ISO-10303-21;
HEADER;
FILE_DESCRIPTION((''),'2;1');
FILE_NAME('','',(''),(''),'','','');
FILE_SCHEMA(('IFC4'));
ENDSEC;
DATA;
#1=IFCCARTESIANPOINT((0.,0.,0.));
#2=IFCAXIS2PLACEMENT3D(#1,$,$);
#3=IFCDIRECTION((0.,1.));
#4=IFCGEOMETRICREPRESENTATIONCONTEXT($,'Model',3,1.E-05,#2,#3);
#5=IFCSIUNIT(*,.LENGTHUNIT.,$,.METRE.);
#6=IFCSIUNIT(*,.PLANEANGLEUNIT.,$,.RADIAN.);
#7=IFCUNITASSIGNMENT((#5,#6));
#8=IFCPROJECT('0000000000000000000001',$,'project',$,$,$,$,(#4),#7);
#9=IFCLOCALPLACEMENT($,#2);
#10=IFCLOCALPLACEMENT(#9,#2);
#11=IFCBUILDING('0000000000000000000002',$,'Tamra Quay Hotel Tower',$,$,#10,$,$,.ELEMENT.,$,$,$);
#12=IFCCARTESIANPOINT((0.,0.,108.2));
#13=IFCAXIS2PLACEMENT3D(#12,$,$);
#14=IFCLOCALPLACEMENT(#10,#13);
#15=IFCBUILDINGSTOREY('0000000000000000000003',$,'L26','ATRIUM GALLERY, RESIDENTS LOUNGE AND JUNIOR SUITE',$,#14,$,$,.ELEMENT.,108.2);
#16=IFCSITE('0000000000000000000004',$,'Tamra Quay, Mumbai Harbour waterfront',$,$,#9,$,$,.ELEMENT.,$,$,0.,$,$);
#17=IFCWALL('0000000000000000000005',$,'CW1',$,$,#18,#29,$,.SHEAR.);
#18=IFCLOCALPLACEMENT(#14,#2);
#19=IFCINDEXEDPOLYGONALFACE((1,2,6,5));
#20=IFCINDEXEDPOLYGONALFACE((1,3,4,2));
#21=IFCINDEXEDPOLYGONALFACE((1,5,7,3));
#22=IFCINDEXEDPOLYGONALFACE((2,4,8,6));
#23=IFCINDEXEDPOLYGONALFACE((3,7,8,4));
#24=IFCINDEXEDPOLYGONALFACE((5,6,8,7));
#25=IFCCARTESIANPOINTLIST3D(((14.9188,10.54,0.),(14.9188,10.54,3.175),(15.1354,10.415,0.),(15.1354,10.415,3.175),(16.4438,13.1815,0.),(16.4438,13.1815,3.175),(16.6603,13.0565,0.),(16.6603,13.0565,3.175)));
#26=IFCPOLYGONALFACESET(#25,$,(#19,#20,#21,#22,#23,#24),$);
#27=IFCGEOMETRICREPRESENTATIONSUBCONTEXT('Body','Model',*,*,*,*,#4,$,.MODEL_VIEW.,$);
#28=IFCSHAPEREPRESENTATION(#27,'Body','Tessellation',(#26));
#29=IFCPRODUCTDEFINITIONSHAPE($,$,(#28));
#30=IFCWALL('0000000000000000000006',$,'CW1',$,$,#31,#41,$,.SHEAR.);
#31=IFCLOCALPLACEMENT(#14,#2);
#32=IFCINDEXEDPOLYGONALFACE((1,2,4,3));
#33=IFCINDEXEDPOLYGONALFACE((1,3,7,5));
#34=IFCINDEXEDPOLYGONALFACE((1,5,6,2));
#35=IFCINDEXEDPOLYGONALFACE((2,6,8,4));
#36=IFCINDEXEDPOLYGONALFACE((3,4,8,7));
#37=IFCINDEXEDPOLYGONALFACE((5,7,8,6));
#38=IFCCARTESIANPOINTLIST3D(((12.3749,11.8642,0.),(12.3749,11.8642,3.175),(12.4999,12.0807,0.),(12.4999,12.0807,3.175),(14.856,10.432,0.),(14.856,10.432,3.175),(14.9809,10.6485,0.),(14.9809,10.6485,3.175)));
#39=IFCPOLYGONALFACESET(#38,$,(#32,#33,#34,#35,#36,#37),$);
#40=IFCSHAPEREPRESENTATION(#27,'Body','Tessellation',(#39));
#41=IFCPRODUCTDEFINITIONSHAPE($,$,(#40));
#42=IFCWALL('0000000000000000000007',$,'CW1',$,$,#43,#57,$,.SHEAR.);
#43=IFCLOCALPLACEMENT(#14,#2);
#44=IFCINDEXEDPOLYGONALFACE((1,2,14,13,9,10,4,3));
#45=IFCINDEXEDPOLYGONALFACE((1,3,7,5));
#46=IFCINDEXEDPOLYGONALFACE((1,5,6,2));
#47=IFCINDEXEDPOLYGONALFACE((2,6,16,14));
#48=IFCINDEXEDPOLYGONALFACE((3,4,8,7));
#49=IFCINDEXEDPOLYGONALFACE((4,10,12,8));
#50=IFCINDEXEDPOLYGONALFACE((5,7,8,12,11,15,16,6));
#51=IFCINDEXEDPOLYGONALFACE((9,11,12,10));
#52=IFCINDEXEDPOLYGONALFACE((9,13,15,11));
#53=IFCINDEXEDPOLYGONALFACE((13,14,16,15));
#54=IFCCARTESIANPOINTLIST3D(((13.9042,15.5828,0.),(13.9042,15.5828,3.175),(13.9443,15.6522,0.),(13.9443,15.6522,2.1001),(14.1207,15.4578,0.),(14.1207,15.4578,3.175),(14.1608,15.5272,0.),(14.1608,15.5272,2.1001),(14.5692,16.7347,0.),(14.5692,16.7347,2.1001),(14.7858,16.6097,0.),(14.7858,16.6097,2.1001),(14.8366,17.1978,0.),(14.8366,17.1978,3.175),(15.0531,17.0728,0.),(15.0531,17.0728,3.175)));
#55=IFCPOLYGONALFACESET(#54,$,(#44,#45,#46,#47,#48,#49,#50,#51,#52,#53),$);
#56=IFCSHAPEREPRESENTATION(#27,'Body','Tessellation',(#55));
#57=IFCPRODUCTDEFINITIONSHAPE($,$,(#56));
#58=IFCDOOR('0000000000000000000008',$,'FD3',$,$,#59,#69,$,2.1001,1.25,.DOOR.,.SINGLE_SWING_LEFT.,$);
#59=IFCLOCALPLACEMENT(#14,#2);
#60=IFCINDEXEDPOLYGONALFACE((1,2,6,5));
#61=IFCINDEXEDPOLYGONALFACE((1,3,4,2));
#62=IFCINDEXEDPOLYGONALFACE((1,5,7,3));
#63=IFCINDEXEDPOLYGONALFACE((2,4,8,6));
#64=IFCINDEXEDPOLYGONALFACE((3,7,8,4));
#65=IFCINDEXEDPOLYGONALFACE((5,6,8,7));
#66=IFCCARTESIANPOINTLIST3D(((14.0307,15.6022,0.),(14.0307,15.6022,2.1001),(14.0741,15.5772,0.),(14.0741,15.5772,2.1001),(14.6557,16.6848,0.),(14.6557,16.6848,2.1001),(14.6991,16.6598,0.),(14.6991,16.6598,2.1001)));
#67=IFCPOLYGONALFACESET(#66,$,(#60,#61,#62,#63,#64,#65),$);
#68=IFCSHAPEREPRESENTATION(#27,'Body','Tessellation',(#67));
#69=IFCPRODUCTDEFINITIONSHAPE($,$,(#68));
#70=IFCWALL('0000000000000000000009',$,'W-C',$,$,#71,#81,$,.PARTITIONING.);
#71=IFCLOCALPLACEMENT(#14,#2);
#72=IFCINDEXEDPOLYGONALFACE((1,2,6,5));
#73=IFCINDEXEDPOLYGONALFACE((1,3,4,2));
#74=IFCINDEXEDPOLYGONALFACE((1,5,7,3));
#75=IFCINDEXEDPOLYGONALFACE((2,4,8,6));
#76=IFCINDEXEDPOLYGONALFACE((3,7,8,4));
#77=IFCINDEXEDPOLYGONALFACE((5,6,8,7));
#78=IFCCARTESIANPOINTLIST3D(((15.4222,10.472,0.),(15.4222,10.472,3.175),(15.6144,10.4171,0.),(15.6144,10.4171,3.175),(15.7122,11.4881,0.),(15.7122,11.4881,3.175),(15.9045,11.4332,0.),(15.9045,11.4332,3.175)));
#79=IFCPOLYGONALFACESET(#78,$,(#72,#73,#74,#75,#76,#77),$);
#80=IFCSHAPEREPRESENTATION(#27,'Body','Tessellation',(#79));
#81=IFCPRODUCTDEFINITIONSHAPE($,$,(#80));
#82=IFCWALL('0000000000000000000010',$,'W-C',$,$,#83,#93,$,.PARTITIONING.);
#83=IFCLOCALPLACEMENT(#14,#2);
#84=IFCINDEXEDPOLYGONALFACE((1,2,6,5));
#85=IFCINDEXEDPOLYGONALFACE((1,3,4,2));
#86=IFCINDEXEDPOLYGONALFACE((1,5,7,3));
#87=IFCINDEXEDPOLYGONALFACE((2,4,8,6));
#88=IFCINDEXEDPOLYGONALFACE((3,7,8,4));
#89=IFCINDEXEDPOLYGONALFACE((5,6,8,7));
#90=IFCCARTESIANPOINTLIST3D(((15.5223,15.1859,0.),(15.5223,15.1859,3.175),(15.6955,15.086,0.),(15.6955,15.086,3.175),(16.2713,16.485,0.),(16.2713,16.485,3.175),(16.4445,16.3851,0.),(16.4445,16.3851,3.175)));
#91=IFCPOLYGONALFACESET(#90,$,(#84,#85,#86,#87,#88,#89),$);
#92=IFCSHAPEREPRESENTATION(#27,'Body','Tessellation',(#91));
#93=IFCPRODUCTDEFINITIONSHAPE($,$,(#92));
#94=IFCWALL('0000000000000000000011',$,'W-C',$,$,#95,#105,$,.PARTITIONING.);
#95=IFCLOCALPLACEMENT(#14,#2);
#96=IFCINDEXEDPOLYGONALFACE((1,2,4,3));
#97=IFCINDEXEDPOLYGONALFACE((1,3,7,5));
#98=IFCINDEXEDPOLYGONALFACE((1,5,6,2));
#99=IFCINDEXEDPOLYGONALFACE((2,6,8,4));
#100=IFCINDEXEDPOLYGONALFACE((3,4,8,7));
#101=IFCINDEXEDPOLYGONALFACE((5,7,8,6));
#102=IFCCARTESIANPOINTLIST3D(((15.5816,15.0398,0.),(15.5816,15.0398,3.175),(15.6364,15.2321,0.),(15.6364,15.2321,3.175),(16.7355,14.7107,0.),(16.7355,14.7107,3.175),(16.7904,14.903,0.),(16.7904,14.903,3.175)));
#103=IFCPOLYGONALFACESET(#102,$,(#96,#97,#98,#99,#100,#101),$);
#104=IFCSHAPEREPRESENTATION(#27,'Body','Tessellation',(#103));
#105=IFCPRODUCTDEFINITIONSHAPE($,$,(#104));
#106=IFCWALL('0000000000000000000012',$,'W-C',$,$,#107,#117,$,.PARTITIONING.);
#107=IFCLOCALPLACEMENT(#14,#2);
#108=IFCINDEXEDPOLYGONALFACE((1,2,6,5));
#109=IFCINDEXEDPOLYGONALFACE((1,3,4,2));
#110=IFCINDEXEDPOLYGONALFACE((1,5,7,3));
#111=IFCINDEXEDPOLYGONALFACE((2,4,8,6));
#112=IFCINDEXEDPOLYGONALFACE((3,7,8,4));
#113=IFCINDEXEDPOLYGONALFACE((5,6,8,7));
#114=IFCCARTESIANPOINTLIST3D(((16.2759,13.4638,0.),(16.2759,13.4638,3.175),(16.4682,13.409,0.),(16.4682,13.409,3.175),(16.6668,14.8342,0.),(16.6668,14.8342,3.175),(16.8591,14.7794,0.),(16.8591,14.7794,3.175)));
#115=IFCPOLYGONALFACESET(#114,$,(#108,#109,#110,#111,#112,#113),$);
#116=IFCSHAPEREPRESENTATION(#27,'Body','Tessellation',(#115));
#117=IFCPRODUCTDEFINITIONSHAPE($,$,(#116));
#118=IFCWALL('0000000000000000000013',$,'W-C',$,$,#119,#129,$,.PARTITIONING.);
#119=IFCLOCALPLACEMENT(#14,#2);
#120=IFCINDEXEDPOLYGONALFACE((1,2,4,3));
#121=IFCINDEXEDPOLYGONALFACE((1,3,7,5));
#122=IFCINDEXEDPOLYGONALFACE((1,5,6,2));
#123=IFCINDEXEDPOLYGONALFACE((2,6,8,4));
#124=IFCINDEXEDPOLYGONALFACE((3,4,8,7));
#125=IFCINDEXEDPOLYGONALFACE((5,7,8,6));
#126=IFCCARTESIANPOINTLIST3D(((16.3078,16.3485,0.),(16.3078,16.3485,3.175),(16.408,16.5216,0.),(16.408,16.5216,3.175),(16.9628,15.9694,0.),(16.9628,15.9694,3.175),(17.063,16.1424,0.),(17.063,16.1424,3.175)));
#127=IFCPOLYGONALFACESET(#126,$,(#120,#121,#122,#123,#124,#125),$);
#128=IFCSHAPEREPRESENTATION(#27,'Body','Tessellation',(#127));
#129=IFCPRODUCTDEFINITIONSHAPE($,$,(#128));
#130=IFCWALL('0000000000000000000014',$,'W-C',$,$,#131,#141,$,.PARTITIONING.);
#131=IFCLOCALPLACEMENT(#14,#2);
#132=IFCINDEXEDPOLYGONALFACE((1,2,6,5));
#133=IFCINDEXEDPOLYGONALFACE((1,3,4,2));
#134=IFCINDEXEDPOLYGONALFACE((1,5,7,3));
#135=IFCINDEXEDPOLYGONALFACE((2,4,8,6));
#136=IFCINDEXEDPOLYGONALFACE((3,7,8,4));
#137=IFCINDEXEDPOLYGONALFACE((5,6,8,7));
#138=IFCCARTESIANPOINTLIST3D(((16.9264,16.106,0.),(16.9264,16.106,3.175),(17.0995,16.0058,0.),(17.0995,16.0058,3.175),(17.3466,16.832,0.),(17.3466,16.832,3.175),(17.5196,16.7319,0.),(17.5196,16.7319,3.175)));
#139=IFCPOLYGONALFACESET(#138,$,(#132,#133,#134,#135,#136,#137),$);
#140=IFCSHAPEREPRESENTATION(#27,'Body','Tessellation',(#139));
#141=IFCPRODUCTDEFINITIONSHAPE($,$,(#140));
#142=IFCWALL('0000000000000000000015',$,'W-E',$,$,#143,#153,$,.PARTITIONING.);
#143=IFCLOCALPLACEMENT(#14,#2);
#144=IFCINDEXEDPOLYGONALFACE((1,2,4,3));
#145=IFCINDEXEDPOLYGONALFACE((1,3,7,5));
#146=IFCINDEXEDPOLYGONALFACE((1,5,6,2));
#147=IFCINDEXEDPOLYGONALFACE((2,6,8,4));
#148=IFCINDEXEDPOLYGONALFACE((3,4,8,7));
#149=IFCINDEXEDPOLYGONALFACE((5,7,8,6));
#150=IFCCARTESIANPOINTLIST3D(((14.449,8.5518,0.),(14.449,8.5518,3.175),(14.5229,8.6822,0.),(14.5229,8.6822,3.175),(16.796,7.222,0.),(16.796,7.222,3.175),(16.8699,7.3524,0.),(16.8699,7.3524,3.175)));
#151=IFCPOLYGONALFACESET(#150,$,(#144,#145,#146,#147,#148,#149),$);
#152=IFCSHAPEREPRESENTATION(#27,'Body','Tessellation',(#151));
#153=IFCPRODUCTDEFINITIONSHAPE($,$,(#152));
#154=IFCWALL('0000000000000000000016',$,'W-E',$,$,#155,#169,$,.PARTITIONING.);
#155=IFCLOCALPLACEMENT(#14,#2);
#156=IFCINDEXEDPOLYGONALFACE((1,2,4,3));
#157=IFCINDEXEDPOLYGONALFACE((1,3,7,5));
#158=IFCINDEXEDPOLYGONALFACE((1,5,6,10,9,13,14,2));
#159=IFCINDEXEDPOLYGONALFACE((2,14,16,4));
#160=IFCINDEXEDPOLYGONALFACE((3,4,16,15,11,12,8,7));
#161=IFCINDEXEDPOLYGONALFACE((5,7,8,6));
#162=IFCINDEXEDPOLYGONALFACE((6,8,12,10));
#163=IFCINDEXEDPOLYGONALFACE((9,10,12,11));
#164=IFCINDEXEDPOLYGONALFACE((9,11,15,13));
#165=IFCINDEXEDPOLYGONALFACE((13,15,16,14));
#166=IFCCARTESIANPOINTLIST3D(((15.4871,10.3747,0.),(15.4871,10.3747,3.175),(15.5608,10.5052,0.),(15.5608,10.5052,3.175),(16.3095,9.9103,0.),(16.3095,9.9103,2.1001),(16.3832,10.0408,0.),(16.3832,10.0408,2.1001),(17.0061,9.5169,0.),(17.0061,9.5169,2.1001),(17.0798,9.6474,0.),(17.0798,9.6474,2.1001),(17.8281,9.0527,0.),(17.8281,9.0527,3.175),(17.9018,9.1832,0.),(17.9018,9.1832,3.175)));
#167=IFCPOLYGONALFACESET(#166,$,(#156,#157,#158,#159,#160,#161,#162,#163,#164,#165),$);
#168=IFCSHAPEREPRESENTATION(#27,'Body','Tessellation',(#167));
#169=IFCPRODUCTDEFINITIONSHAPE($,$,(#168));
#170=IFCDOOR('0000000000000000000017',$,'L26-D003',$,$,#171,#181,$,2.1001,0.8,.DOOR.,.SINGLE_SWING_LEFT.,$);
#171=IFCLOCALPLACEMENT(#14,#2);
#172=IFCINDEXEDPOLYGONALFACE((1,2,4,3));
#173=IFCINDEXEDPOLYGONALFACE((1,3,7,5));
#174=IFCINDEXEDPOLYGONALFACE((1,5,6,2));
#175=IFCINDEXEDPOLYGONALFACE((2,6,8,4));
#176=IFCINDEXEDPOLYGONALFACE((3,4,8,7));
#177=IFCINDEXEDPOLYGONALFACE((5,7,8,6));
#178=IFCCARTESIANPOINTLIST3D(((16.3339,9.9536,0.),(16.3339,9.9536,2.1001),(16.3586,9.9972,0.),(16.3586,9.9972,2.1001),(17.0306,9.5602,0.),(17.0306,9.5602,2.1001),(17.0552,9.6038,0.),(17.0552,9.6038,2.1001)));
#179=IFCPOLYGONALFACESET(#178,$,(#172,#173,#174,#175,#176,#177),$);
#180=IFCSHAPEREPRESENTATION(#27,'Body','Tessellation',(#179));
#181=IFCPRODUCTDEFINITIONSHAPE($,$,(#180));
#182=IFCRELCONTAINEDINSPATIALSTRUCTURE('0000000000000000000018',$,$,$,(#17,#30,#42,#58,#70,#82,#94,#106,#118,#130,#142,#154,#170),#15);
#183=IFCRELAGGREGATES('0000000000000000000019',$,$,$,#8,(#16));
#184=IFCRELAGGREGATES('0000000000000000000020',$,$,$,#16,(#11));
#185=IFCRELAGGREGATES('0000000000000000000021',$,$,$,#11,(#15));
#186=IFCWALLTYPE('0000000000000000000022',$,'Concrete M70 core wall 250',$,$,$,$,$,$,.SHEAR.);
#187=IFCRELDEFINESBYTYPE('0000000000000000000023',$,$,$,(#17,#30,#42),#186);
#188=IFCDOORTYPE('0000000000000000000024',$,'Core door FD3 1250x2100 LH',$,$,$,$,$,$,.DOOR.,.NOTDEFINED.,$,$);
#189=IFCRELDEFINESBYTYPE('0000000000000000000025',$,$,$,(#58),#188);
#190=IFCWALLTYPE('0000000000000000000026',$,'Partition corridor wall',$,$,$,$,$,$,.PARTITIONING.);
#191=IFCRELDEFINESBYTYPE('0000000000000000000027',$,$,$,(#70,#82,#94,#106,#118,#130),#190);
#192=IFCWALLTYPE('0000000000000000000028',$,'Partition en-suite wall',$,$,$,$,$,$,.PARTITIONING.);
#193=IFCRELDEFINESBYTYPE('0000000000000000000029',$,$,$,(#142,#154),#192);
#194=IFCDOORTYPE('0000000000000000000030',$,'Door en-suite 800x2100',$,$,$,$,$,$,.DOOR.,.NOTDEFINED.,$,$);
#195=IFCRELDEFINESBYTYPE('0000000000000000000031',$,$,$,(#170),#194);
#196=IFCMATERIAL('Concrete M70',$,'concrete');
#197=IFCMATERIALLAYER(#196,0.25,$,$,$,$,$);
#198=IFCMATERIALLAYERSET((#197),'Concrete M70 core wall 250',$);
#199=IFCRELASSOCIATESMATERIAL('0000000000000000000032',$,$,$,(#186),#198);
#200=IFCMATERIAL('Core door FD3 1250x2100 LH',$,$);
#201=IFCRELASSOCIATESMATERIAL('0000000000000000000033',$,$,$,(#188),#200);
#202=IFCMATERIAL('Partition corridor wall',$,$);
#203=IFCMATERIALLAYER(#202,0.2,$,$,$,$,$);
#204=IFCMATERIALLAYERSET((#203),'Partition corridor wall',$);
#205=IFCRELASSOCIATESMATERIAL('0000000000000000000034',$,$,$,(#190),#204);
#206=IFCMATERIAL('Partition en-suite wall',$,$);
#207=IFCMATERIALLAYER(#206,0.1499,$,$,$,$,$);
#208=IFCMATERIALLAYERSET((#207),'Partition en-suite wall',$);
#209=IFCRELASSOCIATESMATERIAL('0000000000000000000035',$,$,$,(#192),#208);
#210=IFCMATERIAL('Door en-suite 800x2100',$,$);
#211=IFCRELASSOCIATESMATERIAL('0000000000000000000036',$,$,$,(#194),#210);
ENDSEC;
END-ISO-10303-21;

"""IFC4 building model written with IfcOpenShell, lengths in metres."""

from ifc_helpers import new_model, si_unit, direction, frame, frame_2d, origin, place, context, subcontext, project, spatial, rectangle, extrude, material, layer, layer_set, type_object, element, fill, save


model = new_model("IFC4")

# Units and contexts
model_context = context("Model", 3, precision=1e-05, world=origin(), true_north=direction((0.0, 1.0)))
body_context = subcontext(model_context, "Body", "Model", "MODEL_VIEW")
ifc_project = project(units=[si_unit("LENGTHUNIT", "METRE"), si_unit("PLANEANGLEUNIT", "RADIAN")], contexts=[model_context])

# Site, building, storey
site_placement = place(None, origin())
site = spatial("IfcSite", under=ifc_project, at=site_placement, Name="Tamra Quay, Mumbai Harbour waterfront", CompositionType="ELEMENT", RefElevation=0.0)
building_placement = place(site_placement, origin())
building = spatial("IfcBuilding", under=site, at=building_placement, Name="Tamra Quay Hotel Tower", CompositionType="ELEMENT")
storey_placement = place(building_placement, frame((0.0, 0.0, 108.2)))
storey = spatial("IfcBuildingStorey", under=building, at=storey_placement, Name="L26", Description="ATRIUM GALLERY, RESIDENTS LOUNGE AND JUNIOR SUITE", CompositionType="ELEMENT", Elevation=108.2)

# Shared definitions
ifc_material_1 = material(Name="Concrete M70", Category="concrete")

# Walls
ifc_layer_1 = layer(ifc_material_1, 0.25)
ifc_layer_set_1 = layer_set([ifc_layer_1], Name="Concrete M70 core wall 250")
wall_type_1 = type_object("IfcWallType", Name="Concrete M70 core wall 250", PredefinedType="SHEAR", material=ifc_layer_set_1)
wall_1_placement = place(storey_placement, frame((16.552, 13.1189, 0.0), z_axis=(0.0, 0.0, 1.0), x_axis=(-0.499979, -0.866038, 0.0)))
element("IfcWall", 1, at=wall_1_placement, inside=storey, type_object=wall_type_1, Name="CW1", PredefinedType="SHEAR", context=body_context, shape_type="SweptSolid", body=[
    extrude(rectangle(XDim=3.05, YDim=0.25, at=frame_2d((1.5249, 0.0))), origin(), (0.0, 0.0, 1.0), 3.175),
])
wall_2_placement = place(storey_placement, frame((14.9185, 10.5403, 0.0), z_axis=(0.0, 0.0, 1.0), x_axis=(-0.866064, 0.499934, 0.0)))
element("IfcWall", 2, at=wall_2_placement, inside=storey, type_object=wall_type_1, Name="CW1", PredefinedType="SHEAR", context=body_context, shape_type="SweptSolid", body=[
    extrude(rectangle(XDim=2.8647, YDim=0.25, at=frame_2d((1.4324, 0.0))), origin(), (0.0, 0.0, 1.0), 3.175),
])

# Wall, opening, door
wall_3_placement = place(storey_placement, frame((14.9448, 17.1353, 0.0), z_axis=(0.0, 0.0, 1.0), x_axis=(-0.499983, -0.866035, 0.0)))
wall_3 = element("IfcWall", 3, at=wall_3_placement, inside=storey, type_object=wall_type_1, Name="CW1", PredefinedType="SHEAR", context=body_context, shape_type="SweptSolid", body=[
    extrude(rectangle(XDim=1.8647, YDim=0.25, at=frame_2d((0.9324, 0.0))), origin(), (0.0, 0.0, 1.0), 3.175),
])
opening_1_placement = place(wall_3_placement, frame((0.5347, 0.0, 0.0)))
opening_1 = element("IfcOpeningElement", 4, at=opening_1_placement, cuts=wall_3, PredefinedType="OPENING", context=body_context, shape_type="SweptSolid", body=[
    extrude(rectangle(XDim=1.25, YDim=2.1001, at=frame_2d((0.625, 1.05))), frame((0.0, 0.135, 0.0), z_axis=(0.0, -1.0, 0.0), x_axis=(1.0, 0.0, 0.0)), (0.0, 0.0, 1.0), 0.27),
])
ifc_material_2 = material(Name="Core door FD3 1250x2100 LH")
door_type_1 = type_object("IfcDoorType", Name="Core door FD3 1250x2100 LH", OperationType="NOTDEFINED", PredefinedType="DOOR", material=ifc_material_2)
door_1_placement = place(opening_1_placement, origin())
door_1 = element("IfcDoor", 5, at=door_1_placement, inside=storey, type_object=door_type_1, Name="FD3", OperationType="SINGLE_SWING_LEFT", OverallHeight=2.1001, OverallWidth=1.25, PredefinedType="DOOR", context=body_context, shape_type="SweptSolid", body=[
    extrude(rectangle(XDim=1.25, YDim=2.1001, at=frame_2d((0.625, 1.05))), frame((0.0, 0.0249, 0.0), z_axis=(0.0, -1.0, 0.0), x_axis=(1.0, 0.0, 0.0)), (0.0, 0.0, 1.0), 0.05),
])
fill(opening_1, door_1)

# Walls
ifc_material_3 = material(Name="Partition corridor wall")
ifc_layer_2 = layer(ifc_material_3, 0.2)
ifc_layer_set_2 = layer_set([ifc_layer_2], Name="Partition corridor wall")
wall_type_2 = type_object("IfcWallType", Name="Partition corridor wall", PredefinedType="PARTITIONING", material=ifc_layer_set_2)
wall_4_placement = place(storey_placement, frame((15.5183, 10.4446, 0.0), z_axis=(0.0, 0.0, 1.0), x_axis=(0.274477, 0.961594, 0.0)))
element("IfcWall", 6, at=wall_4_placement, inside=storey, type_object=wall_type_2, Name="W-C", PredefinedType="PARTITIONING", context=body_context, shape_type="SweptSolid", body=[
    extrude(rectangle(XDim=1.0566, YDim=0.2, at=frame_2d((0.5283, 0.0))), origin(), (0.0, 0.0, 1.0), 3.175),
])
wall_5_placement = place(storey_placement, frame((15.6089, 15.136, 0.0), z_axis=(0.0, 0.0, 1.0), x_axis=(0.499502, 0.866313, 0.0)))
element("IfcWall", 7, at=wall_5_placement, inside=storey, type_object=wall_type_2, Name="W-C", PredefinedType="PARTITIONING", context=body_context, shape_type="SweptSolid", body=[
    extrude(rectangle(XDim=1.4995, YDim=0.2, at=frame_2d((0.7498, 0.0))), origin(), (0.0, 0.0, 1.0), 3.175),
])
wall_6_placement = place(storey_placement, frame((15.6089, 15.136, 0.0), z_axis=(0.0, 0.0, 1.0), x_axis=(0.961662, -0.274237, 0.0)))
element("IfcWall", 8, at=wall_6_placement, inside=storey, type_object=wall_type_2, Name="W-C", PredefinedType="PARTITIONING", context=body_context, shape_type="SweptSolid", body=[
    extrude(rectangle(XDim=1.2, YDim=0.2, at=frame_2d((0.6001, 0.0))), origin(), (0.0, 0.0, 1.0), 3.175),
])
wall_7_placement = place(storey_placement, frame((16.3721, 13.4365, 0.0), z_axis=(0.0, 0.0, 1.0), x_axis=(0.274291, 0.961647, 0.0)))
element("IfcWall", 9, at=wall_7_placement, inside=storey, type_object=wall_type_2, Name="W-C", PredefinedType="PARTITIONING", context=body_context, shape_type="SweptSolid", body=[
    extrude(rectangle(XDim=1.425, YDim=0.2, at=frame_2d((0.7124, 0.0))), origin(), (0.0, 0.0, 1.0), 3.175),
])
wall_8_placement = place(storey_placement, frame((16.3579, 16.4351, 0.0), z_axis=(0.0, 0.0, 1.0), x_axis=(0.86547, -0.50096, 0.0)))
element("IfcWall", 10, at=wall_8_placement, inside=storey, type_object=wall_type_2, Name="W-C", PredefinedType="PARTITIONING", context=body_context, shape_type="SweptSolid", body=[
    extrude(rectangle(XDim=0.7568, YDim=0.2, at=frame_2d((0.3784, 0.0))), origin(), (0.0, 0.0, 1.0), 3.175),
])
wall_9_placement = place(storey_placement, frame((17.0129, 16.0559, 0.0), z_axis=(0.0, 0.0, 1.0), x_axis=(0.500864, 0.865526, 0.0)))
element("IfcWall", 11, at=wall_9_placement, inside=storey, type_object=wall_type_2, Name="W-C", PredefinedType="PARTITIONING", context=body_context, shape_type="SweptSolid", body=[
    extrude(rectangle(XDim=0.8389, YDim=0.2, at=frame_2d((0.4194, 0.0))), origin(), (0.0, 0.0, 1.0), 3.175),
])
ifc_material_4 = material(Name="Partition en-suite wall")
ifc_layer_3 = layer(ifc_material_4, 0.1499)
ifc_layer_set_3 = layer_set([ifc_layer_3], Name="Partition en-suite wall")
wall_type_3 = type_object("IfcWallType", Name="Partition en-suite wall", PredefinedType="PARTITIONING", material=ifc_layer_set_3)
wall_10_placement = place(storey_placement, frame((14.4861, 8.6169, 0.0), z_axis=(0.0, 0.0, 1.0), x_axis=(0.870036, -0.492987, 0.0)))
element("IfcWall", 12, at=wall_10_placement, inside=storey, type_object=wall_type_3, Name="W-E", PredefinedType="PARTITIONING", context=body_context, shape_type="SweptSolid", body=[
    extrude(rectangle(XDim=2.6975, YDim=0.1499, at=frame_2d((1.3486, 0.0))), origin(), (0.0, 0.0, 1.0), 3.175),
])

# Wall, opening, door
wall_11_placement = place(storey_placement, frame((15.5239, 10.4399, 0.0), z_axis=(0.0, 0.0, 1.0), x_axis=(0.870752, -0.491722, 0.0)))
wall_11 = element("IfcWall", 13, at=wall_11_placement, inside=storey, type_object=wall_type_3, Name="W-E", PredefinedType="PARTITIONING", context=body_context, shape_type="SweptSolid", body=[
    extrude(rectangle(XDim=2.6885, YDim=0.1499, at=frame_2d((1.3442, 0.0))), origin(), (0.0, 0.0, 1.0), 3.175),
])
opening_2_placement = place(wall_11_placement, frame((0.9446, 0.0, 0.0)))
opening_2 = element("IfcOpeningElement", 14, at=opening_2_placement, cuts=wall_11, PredefinedType="OPENING", context=body_context, shape_type="SweptSolid", body=[
    extrude(rectangle(XDim=0.8, YDim=2.1001, at=frame_2d((0.3999, 1.05))), frame((0.0, 0.085, 0.0), z_axis=(0.0, -1.0, 0.0), x_axis=(1.0, 0.0, 0.0)), (0.0, 0.0, 1.0), 0.1699),
])
ifc_material_5 = material(Name="Door en-suite 800x2100")
door_type_2 = type_object("IfcDoorType", Name="Door en-suite 800x2100", OperationType="NOTDEFINED", PredefinedType="DOOR", material=ifc_material_5)
door_2_placement = place(opening_2_placement, origin())
door_2 = element("IfcDoor", 15, at=door_2_placement, inside=storey, type_object=door_type_2, Name="L26-D003", OperationType="SINGLE_SWING_LEFT", OverallHeight=2.1001, OverallWidth=0.8, PredefinedType="DOOR", context=body_context, shape_type="SweptSolid", body=[
    extrude(rectangle(XDim=0.8, YDim=2.1001, at=frame_2d((0.3999, 1.05))), frame((0.0, 0.0249, 0.0), z_axis=(0.0, -1.0, 0.0), x_axis=(1.0, 0.0, 0.0)), (0.0, 0.0, 1.0), 0.05),
])
fill(opening_2, door_2)

save(model, "model.ifc")
